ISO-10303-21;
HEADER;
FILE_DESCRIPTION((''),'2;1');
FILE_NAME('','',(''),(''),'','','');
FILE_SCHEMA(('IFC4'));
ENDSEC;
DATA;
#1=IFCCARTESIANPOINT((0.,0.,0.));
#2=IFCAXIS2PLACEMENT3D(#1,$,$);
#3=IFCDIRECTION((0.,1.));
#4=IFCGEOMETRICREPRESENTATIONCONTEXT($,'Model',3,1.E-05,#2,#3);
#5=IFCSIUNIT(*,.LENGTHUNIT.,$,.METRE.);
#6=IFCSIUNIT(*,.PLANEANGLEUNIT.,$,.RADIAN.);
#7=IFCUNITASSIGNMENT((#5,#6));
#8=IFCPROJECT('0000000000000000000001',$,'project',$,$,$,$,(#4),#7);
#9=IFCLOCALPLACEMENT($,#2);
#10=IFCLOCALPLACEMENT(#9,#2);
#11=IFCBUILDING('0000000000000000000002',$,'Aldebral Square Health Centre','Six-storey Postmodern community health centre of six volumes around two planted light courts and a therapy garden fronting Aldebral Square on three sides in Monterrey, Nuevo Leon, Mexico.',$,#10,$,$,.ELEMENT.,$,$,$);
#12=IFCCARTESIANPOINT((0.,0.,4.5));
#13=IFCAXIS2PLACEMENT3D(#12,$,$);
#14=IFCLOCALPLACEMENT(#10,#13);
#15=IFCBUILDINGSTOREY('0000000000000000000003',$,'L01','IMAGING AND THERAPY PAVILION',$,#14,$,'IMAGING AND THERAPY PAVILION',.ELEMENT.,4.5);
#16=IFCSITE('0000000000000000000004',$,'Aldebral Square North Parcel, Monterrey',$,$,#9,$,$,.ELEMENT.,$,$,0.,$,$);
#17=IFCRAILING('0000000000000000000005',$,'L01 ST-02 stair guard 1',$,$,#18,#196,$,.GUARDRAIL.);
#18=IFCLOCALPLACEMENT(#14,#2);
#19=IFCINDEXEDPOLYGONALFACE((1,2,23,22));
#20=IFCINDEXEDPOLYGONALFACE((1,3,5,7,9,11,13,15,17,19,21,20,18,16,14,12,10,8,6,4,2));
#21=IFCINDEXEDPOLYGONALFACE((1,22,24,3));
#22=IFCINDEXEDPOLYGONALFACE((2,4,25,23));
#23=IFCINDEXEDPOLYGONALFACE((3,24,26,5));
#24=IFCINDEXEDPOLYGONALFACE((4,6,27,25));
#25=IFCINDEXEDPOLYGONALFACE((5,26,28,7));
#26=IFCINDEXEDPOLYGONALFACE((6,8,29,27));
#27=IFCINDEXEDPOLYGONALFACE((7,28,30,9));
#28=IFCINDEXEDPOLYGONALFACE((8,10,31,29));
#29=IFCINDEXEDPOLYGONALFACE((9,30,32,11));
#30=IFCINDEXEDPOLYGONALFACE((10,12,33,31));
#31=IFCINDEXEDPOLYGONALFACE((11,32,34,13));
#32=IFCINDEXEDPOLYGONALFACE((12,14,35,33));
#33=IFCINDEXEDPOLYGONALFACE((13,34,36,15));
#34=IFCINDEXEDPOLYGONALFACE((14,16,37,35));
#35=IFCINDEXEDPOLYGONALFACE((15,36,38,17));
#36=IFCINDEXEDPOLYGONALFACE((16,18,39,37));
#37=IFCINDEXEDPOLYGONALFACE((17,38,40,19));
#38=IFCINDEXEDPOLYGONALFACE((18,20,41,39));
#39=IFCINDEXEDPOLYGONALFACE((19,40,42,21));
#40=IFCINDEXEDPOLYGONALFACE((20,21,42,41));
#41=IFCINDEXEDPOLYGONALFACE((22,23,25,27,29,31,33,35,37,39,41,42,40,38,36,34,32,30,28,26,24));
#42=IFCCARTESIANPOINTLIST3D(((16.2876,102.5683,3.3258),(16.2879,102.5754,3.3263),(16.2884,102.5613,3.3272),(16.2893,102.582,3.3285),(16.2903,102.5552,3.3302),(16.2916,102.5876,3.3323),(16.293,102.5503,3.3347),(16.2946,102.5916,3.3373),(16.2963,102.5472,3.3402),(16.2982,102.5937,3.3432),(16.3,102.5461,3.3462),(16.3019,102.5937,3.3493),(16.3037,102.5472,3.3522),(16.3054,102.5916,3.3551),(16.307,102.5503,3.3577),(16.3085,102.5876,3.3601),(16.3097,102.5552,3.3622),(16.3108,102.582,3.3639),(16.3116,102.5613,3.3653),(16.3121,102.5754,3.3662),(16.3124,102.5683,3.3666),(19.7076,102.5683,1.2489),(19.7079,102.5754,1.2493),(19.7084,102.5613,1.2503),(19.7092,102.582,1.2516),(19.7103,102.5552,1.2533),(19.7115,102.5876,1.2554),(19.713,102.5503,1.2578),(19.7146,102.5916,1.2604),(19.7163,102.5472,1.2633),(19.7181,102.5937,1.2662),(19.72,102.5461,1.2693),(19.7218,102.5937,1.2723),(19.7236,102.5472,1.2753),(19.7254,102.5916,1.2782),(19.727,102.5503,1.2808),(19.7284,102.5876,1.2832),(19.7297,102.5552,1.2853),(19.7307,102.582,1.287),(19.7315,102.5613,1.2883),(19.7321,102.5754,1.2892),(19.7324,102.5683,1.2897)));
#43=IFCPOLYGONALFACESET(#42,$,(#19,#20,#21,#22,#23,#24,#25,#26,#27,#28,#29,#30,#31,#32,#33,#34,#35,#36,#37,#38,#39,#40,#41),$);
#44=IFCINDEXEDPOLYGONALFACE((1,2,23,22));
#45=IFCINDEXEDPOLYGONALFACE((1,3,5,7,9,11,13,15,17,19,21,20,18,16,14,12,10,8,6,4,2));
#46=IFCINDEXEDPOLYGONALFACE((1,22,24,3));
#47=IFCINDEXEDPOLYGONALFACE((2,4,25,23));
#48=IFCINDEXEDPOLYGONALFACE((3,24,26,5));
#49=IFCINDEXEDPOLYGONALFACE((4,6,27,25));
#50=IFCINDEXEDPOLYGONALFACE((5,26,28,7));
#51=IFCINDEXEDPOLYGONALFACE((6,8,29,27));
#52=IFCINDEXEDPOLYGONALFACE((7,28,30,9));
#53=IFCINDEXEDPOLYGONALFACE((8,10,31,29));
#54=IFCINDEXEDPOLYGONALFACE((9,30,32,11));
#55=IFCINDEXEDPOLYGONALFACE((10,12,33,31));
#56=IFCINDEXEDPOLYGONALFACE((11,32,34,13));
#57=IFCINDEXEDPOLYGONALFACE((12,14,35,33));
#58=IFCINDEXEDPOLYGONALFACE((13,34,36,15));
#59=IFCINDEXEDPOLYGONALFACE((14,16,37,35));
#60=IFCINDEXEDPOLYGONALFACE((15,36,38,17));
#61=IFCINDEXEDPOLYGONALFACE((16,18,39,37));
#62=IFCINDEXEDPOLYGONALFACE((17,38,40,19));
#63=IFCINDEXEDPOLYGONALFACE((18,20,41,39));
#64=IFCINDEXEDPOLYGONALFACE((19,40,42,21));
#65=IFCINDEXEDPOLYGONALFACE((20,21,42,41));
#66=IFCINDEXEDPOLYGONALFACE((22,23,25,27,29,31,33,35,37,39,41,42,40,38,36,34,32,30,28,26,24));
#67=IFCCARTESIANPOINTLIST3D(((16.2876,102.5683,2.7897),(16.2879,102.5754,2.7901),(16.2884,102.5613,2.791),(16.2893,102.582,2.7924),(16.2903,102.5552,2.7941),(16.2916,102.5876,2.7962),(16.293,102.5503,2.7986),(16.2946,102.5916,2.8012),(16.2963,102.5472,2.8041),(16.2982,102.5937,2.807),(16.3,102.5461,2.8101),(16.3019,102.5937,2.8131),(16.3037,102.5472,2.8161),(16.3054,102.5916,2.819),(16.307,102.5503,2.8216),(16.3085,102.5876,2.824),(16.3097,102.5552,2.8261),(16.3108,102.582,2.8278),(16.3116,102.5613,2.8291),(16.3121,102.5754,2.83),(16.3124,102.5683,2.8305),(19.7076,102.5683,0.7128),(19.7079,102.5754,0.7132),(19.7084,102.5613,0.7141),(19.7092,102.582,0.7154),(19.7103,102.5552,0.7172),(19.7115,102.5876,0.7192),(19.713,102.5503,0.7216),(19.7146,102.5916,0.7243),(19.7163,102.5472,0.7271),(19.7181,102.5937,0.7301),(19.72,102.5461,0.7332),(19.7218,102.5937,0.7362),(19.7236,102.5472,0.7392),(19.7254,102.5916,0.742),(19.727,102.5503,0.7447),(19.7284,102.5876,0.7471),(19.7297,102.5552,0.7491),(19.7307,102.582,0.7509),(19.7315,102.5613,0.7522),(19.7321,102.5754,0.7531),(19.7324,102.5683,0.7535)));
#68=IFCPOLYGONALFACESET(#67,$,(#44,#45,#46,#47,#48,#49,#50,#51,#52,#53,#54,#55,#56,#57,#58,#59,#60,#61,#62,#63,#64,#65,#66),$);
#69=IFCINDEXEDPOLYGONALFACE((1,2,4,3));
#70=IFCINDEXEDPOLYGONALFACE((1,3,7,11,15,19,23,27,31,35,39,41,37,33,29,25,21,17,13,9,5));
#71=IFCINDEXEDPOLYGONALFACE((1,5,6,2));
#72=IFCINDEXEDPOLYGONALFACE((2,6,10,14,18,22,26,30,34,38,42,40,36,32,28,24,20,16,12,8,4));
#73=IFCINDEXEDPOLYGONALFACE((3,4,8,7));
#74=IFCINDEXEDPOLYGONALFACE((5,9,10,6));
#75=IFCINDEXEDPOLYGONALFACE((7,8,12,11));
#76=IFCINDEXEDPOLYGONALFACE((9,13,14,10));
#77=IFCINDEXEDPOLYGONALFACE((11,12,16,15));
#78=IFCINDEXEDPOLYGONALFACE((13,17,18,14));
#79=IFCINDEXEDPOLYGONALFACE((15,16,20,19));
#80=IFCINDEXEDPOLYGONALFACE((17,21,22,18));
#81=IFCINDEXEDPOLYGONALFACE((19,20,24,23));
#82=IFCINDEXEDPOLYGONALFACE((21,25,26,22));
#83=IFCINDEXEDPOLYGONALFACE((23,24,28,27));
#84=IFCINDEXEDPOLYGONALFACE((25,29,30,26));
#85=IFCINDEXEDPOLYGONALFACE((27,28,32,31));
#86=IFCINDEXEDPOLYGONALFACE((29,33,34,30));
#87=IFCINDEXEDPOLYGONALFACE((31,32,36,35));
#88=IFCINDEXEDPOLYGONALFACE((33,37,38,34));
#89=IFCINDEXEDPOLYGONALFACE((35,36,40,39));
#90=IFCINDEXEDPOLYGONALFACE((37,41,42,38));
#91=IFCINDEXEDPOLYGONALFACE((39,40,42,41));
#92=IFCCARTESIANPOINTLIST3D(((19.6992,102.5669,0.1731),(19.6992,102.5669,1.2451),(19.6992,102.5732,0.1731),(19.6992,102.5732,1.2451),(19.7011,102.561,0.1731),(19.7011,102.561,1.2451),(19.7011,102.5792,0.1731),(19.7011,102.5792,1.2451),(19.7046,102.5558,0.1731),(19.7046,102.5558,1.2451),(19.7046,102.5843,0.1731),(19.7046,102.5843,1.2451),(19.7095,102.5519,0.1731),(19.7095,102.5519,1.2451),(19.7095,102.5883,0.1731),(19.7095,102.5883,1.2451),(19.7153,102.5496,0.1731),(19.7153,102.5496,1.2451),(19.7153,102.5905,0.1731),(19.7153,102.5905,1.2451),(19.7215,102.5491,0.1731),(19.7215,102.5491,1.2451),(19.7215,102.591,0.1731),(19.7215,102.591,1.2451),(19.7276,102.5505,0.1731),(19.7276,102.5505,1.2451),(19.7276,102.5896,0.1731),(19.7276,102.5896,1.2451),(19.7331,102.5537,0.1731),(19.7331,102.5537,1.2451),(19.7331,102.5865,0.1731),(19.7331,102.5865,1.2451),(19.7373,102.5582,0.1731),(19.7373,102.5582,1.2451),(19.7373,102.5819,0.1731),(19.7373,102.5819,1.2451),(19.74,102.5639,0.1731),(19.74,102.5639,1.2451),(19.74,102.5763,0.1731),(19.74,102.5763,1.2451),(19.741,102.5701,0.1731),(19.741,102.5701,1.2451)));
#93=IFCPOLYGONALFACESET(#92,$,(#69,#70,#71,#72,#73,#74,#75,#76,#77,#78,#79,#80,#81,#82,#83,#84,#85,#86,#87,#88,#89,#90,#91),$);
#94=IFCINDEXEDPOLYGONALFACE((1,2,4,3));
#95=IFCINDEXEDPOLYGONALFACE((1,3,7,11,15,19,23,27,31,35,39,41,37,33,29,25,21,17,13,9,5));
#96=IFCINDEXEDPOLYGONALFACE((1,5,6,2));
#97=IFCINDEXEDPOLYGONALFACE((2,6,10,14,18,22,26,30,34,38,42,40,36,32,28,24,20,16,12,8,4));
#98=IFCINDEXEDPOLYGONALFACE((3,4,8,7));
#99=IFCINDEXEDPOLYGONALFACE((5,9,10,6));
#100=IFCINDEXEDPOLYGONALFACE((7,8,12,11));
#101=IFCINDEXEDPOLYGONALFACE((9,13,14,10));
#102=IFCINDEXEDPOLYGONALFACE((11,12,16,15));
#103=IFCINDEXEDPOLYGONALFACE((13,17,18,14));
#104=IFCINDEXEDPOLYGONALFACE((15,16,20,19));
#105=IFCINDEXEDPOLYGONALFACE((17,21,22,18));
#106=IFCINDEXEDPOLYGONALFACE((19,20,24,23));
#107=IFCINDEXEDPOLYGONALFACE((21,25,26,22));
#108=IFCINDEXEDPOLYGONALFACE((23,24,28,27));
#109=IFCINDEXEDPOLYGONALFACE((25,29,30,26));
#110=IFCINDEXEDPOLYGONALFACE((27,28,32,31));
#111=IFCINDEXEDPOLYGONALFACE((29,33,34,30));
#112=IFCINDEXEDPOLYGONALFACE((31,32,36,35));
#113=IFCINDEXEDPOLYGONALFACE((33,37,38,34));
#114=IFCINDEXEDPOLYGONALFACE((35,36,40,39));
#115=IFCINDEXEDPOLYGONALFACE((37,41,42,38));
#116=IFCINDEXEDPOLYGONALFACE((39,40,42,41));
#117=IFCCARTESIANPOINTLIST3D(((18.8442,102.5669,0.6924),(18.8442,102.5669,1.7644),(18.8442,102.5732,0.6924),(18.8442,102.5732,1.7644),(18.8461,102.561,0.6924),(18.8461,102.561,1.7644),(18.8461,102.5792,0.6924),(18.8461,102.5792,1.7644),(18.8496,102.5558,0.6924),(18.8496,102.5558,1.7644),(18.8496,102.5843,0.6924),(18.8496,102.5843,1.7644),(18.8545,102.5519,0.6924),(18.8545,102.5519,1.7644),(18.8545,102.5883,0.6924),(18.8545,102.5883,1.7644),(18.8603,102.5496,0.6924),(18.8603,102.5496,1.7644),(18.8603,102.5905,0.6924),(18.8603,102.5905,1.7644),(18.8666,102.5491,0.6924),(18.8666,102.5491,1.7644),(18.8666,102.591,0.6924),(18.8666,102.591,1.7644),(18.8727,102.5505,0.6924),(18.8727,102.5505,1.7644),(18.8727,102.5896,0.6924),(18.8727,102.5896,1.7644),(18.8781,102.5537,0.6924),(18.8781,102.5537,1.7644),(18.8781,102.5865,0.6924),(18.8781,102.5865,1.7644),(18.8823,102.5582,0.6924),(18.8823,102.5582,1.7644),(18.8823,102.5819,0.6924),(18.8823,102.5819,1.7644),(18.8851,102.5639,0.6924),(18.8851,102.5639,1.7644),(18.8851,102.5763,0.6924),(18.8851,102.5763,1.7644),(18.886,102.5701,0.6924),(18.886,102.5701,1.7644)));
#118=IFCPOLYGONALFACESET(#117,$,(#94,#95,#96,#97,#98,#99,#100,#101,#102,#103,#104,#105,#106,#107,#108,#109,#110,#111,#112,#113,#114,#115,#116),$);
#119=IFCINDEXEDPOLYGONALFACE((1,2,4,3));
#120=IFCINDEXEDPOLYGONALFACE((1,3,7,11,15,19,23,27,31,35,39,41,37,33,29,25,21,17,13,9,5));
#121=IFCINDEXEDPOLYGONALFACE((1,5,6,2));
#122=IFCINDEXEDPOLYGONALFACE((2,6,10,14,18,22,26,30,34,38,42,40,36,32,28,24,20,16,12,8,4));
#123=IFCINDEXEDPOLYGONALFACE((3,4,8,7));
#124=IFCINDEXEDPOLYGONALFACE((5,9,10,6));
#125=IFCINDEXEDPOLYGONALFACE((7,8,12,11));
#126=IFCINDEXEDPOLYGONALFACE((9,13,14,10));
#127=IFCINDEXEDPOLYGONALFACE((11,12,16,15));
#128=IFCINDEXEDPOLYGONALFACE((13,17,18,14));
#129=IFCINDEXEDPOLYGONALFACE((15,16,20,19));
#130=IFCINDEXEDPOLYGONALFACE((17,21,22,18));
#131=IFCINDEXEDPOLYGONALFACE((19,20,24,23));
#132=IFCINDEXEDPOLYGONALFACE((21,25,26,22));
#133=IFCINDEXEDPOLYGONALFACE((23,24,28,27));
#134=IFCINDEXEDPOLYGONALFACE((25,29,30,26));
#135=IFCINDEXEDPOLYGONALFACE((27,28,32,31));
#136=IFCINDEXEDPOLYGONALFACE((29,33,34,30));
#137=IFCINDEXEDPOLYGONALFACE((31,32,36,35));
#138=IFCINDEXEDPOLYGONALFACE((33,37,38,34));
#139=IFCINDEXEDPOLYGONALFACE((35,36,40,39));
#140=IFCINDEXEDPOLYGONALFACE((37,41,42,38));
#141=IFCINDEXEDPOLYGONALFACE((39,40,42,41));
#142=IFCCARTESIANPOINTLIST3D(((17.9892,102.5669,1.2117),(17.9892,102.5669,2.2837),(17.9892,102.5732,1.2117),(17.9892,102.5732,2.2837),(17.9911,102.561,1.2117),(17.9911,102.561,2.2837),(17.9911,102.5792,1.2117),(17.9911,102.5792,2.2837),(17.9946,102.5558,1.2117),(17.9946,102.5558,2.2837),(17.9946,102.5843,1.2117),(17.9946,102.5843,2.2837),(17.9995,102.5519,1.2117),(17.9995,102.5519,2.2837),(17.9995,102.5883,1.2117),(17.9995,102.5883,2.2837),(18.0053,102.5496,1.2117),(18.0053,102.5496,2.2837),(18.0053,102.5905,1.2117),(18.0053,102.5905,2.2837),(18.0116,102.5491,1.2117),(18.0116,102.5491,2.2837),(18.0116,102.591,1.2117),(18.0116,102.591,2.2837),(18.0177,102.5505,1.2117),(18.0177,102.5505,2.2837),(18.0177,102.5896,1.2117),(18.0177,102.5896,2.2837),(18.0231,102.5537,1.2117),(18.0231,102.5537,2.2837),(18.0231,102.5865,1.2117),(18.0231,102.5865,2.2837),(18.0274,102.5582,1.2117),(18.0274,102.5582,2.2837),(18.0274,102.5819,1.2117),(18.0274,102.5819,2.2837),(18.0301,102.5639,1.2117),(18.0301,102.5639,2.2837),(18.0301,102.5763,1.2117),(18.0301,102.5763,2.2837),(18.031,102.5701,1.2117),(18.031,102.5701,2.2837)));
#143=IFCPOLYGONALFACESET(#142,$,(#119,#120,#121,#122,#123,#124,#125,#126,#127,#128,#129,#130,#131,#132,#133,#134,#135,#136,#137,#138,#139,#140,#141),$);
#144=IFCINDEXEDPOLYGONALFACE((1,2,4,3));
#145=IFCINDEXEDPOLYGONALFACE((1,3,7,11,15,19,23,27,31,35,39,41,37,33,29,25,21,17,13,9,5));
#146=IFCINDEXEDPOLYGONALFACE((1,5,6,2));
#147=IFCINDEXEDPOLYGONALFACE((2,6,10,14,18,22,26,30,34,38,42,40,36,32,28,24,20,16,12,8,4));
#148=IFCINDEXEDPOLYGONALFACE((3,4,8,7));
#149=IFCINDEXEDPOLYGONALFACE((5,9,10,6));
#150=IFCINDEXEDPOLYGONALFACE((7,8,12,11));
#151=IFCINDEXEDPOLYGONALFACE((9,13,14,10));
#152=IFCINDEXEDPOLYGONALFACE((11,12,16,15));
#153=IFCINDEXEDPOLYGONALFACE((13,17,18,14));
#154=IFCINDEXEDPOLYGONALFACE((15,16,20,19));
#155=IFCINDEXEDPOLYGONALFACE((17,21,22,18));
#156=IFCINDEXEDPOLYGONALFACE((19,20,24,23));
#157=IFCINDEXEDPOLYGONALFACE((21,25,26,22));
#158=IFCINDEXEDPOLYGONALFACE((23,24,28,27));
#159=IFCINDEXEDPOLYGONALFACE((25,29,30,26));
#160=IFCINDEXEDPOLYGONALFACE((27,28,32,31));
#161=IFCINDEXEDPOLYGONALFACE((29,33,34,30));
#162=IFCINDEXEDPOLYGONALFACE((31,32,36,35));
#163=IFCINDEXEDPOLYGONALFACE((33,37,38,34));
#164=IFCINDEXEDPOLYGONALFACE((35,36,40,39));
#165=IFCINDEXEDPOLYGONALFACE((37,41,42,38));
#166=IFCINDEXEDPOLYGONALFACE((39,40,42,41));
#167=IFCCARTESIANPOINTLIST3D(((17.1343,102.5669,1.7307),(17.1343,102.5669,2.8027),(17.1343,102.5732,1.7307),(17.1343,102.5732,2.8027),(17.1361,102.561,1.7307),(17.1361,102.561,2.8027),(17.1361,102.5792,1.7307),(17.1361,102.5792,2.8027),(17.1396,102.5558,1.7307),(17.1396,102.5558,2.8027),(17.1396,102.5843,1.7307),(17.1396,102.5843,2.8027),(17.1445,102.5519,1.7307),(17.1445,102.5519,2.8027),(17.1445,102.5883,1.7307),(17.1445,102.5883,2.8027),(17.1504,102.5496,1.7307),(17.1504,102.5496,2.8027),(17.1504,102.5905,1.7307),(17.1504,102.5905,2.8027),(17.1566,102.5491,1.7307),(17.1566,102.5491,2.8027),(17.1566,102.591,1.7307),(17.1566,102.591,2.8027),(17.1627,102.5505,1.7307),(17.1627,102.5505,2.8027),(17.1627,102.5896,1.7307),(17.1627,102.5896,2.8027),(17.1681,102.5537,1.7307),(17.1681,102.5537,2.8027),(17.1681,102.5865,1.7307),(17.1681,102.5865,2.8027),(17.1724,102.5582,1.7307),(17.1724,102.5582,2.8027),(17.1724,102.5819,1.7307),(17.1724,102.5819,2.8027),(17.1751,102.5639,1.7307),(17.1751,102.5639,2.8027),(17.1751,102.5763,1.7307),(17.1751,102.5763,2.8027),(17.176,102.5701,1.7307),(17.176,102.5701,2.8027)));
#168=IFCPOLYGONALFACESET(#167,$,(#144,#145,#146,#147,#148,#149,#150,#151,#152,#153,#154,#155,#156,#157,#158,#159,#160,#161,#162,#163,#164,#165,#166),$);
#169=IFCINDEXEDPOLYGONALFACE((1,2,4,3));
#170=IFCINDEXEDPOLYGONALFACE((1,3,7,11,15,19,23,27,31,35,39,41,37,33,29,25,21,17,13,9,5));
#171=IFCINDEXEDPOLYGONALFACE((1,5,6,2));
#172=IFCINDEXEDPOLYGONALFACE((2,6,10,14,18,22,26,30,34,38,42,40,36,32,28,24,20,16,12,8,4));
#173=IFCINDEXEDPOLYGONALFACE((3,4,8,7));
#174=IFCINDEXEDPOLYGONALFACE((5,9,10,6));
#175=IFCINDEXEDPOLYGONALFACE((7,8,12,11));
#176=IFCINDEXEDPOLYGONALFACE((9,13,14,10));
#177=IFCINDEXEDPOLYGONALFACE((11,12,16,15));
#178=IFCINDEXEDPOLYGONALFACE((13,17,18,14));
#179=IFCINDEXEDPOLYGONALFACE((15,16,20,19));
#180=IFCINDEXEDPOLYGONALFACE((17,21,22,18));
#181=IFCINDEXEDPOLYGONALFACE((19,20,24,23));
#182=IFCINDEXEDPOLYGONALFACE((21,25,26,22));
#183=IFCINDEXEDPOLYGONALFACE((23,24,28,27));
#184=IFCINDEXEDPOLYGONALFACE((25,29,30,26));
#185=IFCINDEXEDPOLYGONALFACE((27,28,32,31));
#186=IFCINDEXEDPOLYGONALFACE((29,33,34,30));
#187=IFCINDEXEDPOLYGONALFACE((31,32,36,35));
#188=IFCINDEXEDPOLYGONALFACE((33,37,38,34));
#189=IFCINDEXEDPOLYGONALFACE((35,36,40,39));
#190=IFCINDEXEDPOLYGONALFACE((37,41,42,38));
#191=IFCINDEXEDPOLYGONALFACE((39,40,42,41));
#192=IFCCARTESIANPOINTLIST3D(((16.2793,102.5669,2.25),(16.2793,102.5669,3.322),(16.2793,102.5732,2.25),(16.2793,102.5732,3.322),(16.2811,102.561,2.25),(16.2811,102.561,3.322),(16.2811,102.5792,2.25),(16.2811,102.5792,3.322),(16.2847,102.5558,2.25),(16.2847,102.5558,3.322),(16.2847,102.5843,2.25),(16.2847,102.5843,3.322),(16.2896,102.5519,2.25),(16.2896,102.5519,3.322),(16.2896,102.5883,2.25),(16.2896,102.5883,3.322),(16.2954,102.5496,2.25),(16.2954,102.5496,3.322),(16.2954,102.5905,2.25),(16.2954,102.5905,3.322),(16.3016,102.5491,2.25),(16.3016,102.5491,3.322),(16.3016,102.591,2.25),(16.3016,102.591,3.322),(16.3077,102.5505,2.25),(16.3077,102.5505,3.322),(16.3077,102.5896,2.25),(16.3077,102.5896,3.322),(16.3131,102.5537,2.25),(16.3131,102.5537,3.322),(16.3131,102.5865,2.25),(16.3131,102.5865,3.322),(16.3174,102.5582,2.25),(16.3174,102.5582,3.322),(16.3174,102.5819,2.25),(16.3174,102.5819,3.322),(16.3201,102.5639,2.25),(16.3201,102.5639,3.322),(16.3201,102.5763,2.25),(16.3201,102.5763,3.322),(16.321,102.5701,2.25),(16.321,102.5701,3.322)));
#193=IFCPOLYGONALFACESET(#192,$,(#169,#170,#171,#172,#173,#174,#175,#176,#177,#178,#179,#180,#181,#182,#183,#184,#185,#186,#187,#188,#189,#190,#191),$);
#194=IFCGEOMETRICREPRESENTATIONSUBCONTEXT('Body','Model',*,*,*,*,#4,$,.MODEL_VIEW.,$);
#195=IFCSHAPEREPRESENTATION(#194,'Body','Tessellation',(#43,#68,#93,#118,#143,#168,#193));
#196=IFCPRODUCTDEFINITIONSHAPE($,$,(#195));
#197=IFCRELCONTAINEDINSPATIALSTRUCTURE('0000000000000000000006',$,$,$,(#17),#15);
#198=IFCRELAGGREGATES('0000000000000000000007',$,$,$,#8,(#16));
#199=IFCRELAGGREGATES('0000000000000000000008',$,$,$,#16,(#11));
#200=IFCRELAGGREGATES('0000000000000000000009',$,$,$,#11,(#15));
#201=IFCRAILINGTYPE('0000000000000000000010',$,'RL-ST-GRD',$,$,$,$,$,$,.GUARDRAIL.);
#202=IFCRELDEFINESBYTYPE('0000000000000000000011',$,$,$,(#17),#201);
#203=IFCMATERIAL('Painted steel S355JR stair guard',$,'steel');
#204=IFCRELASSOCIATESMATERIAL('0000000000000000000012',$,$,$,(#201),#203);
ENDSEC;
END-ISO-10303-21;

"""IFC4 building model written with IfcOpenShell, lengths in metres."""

from ifc_helpers import new_model, si_unit, direction, frame, origin, origin_2d, place, context, subcontext, project, spatial, circle, extrude, material, type_object, element, save


model = new_model("IFC4")

# Units and contexts
model_context = context("Model", 3, precision=1e-05, world=origin(), true_north=direction((0.0, 1.0)))
body_context = subcontext(model_context, "Body", "Model", "MODEL_VIEW")
ifc_project = project(units=[si_unit("LENGTHUNIT", "METRE"), si_unit("PLANEANGLEUNIT", "RADIAN")], contexts=[model_context])

# Site, building, storey
site_placement = place(None, origin())
site = spatial("IfcSite", under=ifc_project, at=site_placement, Name="Aldebral Square North Parcel, Monterrey", CompositionType="ELEMENT", RefElevation=0.0)
building_placement = place(site_placement, origin())
building = spatial("IfcBuilding", under=site, at=building_placement, Name="Aldebral Square Health Centre", Description="Six-storey Postmodern community health centre of six volumes around two planted light courts and a therapy garden fronting Aldebral Square on three sides in Monterrey, Nuevo Leon, Mexico.", CompositionType="ELEMENT")
storey_placement = place(building_placement, frame((0.0, 0.0, 4.5)))
storey = spatial("IfcBuildingStorey", under=building, at=storey_placement, Name="L01", Description="IMAGING AND THERAPY PAVILION", LongName="IMAGING AND THERAPY PAVILION", CompositionType="ELEMENT", Elevation=4.5)

# Railing
ifc_material_1 = material(Name="Painted steel S355JR stair guard", Category="steel")
railing_type_1 = type_object("IfcRailingType", Name="RL-ST-GRD", PredefinedType="GUARDRAIL", material=ifc_material_1)
railing_1_placement = place(storey_placement, frame((19.72, 102.5701, 0.1731)))
element("IfcRailing", 1, at=railing_1_placement, inside=storey, type_object=railing_type_1, Name="L01 ST-02 stair guard 1", PredefinedType="GUARDRAIL", context=body_context, shape_type="SweptSolid", body=[
    extrude(circle(Radius=0.0239, at=origin_2d()), frame((0.0, 0.0, 1.0962), z_axis=(-0.85473, 0.0, 0.519074), x_axis=(0.0, -1.0, 0.0)), (0.0, 0.0, 1.0), 4.0012),
    extrude(circle(Radius=0.0239, at=origin_2d()), frame((0.0, 0.0, 0.5601), z_axis=(-0.85473, 0.0, 0.519074), x_axis=(0.0, -1.0, 0.0)), (0.0, 0.0, 1.0), 4.0012),
    extrude(circle(Radius=0.021, at=origin_2d()), origin(), (0.0, 0.0, 1.0), 1.072),
    extrude(circle(Radius=0.021, at=origin_2d()), frame((-0.855, 0.0, 0.5193)), (0.0, 0.0, 1.0), 1.072),
    extrude(circle(Radius=0.021, at=origin_2d()), frame((-1.71, 0.0, 1.0386)), (0.0, 0.0, 1.0), 1.072),
    extrude(circle(Radius=0.021, at=origin_2d()), frame((-2.5649, 0.0, 1.5576)), (0.0, 0.0, 1.0), 1.072),
    extrude(circle(Radius=0.021, at=origin_2d()), frame((-3.4199, 0.0, 2.0769)), (0.0, 0.0, 1.0), 1.072),
])

save(model, "model.ifc")
